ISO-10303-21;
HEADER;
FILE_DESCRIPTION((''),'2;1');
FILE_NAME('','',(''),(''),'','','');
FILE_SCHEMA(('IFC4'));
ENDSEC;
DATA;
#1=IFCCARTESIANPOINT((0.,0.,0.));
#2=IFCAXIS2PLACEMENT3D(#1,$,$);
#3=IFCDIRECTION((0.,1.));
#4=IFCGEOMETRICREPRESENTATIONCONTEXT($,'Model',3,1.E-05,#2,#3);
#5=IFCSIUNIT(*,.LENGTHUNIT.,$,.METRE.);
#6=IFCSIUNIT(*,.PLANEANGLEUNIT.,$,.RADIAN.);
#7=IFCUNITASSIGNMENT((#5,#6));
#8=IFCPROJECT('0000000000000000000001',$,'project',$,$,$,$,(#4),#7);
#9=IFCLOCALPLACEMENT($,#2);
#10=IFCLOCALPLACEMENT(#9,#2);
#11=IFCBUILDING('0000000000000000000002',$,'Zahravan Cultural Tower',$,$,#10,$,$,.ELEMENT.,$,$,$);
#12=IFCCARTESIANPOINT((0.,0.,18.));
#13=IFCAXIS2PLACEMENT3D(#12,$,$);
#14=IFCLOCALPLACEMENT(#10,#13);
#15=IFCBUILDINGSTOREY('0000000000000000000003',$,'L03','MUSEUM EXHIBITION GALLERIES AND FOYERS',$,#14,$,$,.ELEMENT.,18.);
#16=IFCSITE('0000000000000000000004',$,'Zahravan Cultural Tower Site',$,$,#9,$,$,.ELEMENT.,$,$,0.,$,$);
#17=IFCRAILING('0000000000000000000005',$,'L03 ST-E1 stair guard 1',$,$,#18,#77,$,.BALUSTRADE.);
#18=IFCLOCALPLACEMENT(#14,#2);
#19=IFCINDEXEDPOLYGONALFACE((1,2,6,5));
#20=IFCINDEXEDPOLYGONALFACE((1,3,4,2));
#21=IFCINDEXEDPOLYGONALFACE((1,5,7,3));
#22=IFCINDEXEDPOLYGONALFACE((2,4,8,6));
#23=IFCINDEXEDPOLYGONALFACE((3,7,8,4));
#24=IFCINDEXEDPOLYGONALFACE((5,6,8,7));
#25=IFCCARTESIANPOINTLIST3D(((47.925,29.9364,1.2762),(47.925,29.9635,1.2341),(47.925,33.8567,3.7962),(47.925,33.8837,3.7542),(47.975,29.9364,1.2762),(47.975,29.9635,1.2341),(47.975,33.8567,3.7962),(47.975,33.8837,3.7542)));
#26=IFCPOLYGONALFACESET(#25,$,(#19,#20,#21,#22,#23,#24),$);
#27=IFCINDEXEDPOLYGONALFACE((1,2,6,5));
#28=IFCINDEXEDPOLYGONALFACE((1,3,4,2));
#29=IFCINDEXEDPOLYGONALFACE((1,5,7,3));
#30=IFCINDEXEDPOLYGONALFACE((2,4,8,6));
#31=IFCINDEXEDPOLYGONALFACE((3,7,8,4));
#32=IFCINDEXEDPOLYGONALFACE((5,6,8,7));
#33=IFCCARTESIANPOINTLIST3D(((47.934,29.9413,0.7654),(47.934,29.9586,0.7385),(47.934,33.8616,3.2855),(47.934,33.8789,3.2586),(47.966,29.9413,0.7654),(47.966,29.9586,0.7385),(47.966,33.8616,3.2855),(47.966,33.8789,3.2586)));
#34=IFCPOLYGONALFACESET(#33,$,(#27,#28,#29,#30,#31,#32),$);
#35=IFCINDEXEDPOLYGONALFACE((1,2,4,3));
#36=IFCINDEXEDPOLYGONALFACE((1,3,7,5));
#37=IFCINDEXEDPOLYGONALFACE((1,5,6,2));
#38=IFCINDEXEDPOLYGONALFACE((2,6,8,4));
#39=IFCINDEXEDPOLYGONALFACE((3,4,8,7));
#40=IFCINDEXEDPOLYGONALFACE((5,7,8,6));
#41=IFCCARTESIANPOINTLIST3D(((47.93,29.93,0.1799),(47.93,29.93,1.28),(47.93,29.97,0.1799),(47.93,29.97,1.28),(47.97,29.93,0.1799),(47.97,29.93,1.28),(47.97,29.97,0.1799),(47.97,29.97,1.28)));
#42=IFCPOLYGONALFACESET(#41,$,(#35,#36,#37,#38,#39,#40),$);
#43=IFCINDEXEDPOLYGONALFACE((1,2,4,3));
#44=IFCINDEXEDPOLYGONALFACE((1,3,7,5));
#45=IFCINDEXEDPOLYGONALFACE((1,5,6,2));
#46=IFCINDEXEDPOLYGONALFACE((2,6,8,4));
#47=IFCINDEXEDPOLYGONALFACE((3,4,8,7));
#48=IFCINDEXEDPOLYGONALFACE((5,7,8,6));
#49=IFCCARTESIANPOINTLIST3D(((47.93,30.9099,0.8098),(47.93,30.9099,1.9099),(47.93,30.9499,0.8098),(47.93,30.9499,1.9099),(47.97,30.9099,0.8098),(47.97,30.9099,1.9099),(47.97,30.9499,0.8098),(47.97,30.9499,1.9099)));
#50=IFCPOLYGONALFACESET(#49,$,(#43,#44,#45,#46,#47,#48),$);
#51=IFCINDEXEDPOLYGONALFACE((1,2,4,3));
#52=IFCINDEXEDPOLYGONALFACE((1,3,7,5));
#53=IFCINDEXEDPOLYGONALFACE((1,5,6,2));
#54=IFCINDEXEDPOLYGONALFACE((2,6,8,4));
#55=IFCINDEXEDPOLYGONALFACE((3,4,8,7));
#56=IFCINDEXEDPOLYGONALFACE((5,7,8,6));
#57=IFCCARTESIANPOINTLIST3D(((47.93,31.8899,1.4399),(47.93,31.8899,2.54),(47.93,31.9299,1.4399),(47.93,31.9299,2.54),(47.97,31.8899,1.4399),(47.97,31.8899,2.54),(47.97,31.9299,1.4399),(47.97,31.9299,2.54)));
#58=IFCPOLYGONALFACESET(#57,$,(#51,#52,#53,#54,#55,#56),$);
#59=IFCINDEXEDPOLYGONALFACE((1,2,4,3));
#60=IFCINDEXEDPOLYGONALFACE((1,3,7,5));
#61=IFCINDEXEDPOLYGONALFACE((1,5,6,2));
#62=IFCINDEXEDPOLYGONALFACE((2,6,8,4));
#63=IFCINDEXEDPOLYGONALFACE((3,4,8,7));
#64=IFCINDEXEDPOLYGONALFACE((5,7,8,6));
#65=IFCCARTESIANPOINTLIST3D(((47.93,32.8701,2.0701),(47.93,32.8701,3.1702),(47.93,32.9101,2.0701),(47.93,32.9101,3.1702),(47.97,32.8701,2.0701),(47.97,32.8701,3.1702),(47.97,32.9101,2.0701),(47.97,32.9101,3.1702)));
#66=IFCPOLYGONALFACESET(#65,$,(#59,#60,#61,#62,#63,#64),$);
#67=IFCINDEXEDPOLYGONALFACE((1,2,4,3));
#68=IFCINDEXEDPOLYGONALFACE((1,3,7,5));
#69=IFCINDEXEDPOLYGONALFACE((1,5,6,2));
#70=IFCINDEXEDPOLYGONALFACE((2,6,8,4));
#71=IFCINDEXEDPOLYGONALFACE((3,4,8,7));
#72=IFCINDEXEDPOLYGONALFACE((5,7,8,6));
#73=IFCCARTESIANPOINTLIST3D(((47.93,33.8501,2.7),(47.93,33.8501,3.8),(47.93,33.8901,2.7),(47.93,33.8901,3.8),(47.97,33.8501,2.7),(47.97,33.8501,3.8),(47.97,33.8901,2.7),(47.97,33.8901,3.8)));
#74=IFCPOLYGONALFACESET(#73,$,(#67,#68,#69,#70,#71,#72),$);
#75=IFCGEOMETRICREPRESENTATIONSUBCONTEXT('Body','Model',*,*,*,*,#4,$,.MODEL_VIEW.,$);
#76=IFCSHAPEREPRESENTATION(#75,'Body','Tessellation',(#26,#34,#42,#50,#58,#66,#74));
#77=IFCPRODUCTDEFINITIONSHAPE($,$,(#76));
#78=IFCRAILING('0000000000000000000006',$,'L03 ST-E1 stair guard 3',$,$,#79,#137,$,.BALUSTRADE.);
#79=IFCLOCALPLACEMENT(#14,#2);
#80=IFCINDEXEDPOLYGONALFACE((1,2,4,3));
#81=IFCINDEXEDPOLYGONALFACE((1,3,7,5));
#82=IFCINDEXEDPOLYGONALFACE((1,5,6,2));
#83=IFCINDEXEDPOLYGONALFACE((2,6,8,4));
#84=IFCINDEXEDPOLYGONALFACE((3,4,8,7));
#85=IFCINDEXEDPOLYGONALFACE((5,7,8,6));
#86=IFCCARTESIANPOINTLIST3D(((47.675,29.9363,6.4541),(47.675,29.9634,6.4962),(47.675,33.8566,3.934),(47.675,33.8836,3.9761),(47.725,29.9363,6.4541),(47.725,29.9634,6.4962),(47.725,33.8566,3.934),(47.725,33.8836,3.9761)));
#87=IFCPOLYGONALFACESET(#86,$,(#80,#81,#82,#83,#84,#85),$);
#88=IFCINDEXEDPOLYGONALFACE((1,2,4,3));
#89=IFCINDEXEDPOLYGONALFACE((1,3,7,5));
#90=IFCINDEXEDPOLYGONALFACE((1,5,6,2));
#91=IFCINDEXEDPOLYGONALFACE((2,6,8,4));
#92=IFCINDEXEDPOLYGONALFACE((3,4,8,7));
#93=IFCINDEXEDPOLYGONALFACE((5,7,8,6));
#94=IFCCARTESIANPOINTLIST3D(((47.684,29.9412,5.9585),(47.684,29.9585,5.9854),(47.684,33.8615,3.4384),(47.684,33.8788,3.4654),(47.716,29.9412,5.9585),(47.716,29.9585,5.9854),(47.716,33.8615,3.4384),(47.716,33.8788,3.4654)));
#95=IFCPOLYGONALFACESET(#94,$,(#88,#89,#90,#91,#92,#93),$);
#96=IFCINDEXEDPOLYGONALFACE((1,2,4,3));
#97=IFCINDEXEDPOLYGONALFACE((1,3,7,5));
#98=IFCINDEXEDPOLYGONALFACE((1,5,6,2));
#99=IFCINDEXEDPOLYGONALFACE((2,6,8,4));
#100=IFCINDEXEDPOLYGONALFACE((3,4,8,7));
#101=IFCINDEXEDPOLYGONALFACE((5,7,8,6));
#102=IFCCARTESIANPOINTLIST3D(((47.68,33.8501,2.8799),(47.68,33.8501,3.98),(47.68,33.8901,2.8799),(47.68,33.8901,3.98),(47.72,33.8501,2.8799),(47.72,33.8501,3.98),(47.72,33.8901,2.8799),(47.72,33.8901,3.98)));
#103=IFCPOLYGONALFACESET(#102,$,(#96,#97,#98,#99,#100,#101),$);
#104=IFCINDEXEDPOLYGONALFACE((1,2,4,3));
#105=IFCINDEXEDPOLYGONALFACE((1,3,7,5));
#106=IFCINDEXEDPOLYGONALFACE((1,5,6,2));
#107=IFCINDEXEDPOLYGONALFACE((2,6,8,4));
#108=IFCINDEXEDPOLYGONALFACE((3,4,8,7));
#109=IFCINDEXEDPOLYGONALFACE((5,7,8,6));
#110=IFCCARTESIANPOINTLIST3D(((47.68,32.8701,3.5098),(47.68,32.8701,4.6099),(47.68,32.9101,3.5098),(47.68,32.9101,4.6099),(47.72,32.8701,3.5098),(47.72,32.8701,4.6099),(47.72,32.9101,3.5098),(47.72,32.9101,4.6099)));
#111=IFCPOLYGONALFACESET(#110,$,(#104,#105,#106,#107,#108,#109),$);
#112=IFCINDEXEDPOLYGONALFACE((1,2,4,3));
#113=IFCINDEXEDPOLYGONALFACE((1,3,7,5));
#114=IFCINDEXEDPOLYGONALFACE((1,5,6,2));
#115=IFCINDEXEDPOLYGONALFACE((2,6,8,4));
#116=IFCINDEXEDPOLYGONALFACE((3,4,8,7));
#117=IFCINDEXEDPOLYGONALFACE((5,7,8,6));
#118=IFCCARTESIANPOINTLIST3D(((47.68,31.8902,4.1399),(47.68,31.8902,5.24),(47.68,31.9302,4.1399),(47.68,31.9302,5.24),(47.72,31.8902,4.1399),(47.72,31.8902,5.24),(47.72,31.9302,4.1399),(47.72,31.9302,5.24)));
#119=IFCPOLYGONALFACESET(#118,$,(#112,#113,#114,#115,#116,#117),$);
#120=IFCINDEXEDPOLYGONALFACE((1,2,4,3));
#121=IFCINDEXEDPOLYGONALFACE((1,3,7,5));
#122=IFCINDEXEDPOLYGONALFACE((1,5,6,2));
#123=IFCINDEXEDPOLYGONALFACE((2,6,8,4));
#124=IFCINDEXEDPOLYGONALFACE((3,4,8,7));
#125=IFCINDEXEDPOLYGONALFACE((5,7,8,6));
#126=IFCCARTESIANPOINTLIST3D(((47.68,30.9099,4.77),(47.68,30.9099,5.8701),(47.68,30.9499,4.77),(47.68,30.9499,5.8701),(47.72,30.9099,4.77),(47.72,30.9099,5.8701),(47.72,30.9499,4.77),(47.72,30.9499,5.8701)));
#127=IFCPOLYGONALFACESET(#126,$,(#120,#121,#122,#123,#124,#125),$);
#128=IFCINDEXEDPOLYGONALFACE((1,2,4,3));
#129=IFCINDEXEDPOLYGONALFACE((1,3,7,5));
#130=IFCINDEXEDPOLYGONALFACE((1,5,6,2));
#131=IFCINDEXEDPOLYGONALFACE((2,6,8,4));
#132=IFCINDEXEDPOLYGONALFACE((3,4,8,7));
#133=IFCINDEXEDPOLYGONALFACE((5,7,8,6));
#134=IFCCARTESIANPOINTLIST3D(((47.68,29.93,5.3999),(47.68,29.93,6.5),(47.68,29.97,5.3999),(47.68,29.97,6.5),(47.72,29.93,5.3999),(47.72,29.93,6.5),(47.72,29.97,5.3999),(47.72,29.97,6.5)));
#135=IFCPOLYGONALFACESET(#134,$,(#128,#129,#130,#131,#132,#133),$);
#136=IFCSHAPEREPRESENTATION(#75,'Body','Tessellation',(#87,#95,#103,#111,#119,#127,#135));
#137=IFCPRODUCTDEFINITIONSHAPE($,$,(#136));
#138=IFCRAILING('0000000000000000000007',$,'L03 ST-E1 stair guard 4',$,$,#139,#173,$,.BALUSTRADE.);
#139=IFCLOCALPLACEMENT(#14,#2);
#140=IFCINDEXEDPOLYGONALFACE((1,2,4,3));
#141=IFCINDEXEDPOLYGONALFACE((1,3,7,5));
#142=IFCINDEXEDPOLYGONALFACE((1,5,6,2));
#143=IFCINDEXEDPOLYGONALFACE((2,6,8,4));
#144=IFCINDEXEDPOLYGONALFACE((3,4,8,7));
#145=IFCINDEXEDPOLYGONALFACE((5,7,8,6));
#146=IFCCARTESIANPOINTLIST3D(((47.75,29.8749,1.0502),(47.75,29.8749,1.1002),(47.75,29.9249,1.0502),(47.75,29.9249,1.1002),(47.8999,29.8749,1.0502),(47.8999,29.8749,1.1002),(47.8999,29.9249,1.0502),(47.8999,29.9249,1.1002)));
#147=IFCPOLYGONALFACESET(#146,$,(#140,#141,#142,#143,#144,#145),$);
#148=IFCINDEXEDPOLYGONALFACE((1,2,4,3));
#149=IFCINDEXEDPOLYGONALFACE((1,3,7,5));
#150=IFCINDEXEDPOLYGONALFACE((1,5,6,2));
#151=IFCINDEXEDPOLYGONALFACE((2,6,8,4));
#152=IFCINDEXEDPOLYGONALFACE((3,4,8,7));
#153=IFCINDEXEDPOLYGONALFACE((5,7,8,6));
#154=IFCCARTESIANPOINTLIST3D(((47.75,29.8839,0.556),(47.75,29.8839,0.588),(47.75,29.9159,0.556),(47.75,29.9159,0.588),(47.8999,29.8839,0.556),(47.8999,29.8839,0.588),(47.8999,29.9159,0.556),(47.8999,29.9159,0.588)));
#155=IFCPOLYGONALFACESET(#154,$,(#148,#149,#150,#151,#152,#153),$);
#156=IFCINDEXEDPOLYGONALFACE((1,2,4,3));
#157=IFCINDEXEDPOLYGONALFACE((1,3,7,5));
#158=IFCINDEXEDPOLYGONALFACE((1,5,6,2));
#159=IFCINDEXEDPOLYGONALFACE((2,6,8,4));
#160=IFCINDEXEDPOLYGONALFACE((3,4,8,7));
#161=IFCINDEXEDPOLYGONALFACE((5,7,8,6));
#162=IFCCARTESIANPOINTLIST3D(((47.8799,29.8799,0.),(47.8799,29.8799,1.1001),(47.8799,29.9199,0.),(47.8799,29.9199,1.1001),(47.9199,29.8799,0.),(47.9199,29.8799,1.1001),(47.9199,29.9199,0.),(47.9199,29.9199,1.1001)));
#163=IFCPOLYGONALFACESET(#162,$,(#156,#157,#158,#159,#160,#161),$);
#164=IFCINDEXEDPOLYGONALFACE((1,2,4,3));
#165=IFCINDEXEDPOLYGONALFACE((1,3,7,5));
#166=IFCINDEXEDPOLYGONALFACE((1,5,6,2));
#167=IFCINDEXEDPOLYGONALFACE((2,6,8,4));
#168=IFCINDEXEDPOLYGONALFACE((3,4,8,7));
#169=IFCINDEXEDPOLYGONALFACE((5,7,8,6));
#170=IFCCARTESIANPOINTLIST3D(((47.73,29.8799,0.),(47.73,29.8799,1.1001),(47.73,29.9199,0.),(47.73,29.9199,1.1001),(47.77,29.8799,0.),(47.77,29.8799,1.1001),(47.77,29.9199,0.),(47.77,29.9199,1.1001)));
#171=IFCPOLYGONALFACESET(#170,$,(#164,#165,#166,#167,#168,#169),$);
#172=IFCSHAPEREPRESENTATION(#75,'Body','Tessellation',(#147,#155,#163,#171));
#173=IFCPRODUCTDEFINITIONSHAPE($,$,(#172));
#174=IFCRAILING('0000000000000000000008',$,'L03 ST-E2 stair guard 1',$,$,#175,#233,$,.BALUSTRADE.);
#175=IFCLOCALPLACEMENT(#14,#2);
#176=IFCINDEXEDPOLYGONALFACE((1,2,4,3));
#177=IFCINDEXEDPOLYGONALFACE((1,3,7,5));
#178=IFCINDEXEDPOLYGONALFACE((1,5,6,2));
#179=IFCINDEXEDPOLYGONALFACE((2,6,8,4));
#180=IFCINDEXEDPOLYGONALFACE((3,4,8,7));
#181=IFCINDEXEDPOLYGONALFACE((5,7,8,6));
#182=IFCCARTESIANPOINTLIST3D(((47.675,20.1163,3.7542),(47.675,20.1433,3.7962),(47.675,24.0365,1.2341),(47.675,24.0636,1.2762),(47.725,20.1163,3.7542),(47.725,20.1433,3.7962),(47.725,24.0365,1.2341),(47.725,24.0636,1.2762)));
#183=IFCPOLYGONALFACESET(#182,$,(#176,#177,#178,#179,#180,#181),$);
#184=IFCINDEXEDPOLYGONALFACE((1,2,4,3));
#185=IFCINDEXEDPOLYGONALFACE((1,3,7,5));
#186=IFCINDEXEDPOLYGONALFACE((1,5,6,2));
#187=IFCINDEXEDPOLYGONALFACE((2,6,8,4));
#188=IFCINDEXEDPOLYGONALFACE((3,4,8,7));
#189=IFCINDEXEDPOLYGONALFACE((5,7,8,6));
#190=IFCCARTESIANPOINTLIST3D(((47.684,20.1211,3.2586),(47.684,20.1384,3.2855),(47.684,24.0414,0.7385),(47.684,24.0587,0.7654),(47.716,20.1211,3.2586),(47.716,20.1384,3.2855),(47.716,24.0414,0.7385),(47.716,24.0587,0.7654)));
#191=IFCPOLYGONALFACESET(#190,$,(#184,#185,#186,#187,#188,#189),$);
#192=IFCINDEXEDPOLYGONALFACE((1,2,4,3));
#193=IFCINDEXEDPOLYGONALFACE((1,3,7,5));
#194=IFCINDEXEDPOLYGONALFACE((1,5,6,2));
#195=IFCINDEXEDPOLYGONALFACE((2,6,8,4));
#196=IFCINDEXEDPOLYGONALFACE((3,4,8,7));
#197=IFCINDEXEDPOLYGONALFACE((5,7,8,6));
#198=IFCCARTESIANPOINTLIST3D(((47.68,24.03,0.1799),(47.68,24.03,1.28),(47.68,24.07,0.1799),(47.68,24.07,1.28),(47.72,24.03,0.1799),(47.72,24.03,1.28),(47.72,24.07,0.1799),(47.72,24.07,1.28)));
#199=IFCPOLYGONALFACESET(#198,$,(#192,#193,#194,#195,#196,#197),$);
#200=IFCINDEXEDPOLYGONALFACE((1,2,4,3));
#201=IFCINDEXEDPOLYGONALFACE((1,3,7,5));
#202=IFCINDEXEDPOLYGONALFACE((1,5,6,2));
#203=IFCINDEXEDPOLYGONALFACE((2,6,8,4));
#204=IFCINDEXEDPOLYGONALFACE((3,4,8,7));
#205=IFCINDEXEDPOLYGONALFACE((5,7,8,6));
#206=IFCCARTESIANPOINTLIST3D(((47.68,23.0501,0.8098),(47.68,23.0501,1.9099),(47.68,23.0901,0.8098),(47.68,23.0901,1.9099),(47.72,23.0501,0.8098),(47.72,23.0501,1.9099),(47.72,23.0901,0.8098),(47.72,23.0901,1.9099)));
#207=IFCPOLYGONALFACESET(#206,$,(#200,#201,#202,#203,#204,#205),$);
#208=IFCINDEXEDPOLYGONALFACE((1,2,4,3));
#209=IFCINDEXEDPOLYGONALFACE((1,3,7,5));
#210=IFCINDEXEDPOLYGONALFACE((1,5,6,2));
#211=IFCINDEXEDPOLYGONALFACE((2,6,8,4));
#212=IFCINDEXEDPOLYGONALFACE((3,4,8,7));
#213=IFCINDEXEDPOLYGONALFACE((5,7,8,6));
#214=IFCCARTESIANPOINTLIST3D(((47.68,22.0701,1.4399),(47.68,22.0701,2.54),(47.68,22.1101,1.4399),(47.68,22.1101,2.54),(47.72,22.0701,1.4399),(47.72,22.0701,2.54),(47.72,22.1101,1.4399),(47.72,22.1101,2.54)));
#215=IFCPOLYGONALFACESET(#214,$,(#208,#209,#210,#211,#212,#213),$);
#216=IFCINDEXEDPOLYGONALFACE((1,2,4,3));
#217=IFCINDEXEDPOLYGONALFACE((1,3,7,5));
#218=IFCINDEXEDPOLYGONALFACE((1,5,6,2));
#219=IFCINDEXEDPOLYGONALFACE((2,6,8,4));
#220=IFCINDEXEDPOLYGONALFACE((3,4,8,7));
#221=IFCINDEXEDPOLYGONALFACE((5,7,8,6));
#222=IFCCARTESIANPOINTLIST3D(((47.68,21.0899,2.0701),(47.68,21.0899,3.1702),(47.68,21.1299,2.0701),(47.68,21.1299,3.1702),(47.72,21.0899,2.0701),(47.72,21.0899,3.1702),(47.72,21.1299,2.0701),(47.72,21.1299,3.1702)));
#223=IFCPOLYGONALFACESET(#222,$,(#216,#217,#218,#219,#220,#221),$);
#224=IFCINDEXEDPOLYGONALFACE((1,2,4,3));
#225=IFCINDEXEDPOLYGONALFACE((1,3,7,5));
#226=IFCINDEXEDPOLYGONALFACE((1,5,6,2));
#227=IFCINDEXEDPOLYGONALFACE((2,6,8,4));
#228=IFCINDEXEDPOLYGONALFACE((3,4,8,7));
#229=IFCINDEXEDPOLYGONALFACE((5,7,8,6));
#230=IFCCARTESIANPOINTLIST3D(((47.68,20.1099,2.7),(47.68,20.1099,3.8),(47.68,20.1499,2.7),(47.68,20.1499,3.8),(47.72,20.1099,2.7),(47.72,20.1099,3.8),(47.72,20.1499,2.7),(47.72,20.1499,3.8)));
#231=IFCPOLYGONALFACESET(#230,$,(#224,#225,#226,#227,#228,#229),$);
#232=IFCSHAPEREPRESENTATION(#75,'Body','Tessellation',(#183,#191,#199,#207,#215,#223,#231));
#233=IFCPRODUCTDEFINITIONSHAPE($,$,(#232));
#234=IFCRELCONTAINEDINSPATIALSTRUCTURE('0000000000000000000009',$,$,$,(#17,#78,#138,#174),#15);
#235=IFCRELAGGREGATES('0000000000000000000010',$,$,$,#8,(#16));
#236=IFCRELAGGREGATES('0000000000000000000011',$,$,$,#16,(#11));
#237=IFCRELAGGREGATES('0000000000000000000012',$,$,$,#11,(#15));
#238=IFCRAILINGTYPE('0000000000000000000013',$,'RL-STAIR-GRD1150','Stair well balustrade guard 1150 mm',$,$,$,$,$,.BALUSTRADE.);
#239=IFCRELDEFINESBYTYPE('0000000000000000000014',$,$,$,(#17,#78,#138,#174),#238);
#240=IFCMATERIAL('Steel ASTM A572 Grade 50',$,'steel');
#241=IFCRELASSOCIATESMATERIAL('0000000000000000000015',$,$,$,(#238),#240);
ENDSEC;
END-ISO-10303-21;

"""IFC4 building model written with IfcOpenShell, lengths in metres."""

from ifc_helpers import new_model, si_unit, direction, frame, origin, origin_2d, place, context, subcontext, project, spatial, rectangle, extrude, material, type_object, element, save


model = new_model("IFC4")

# Units and contexts
model_context = context("Model", 3, precision=1e-05, world=origin(), true_north=direction((0.0, 1.0)))
body_context = subcontext(model_context, "Body", "Model", "MODEL_VIEW")
ifc_project = project(units=[si_unit("LENGTHUNIT", "METRE"), si_unit("PLANEANGLEUNIT", "RADIAN")], contexts=[model_context])

# Site, building, storey
site_placement = place(None, origin())
site = spatial("IfcSite", under=ifc_project, at=site_placement, Name="Zahravan Cultural Tower Site", CompositionType="ELEMENT", RefElevation=0.0)
building_placement = place(site_placement, origin())
building = spatial("IfcBuilding", under=site, at=building_placement, Name="Zahravan Cultural Tower", CompositionType="ELEMENT")
storey_placement = place(building_placement, frame((0.0, 0.0, 18.0)))
storey = spatial("IfcBuildingStorey", under=building, at=storey_placement, Name="L03", Description="MUSEUM EXHIBITION GALLERIES AND FOYERS", CompositionType="ELEMENT", Elevation=18.0)

# Shared definitions
ifc_material_1 = material(Name="Steel ASTM A572 Grade 50", Category="steel")

# Railings
railing_type_1 = type_object("IfcRailingType", Name="RL-STAIR-GRD1150", Description="Stair well balustrade guard 1150 mm", PredefinedType="BALUSTRADE", material=ifc_material_1)
railing_1_placement = place(storey_placement, frame((47.95, 29.95, 0.1799)))
element("IfcRailing", 1, at=railing_1_placement, inside=storey, type_object=railing_type_1, Name="L03 ST-E1 stair guard 1", PredefinedType="BALUSTRADE", context=body_context, shape_type="SweptSolid", body=[
    extrude(rectangle(XDim=0.05, YDim=0.05, at=origin_2d()), frame((0.0, 0.0, 1.0752), z_axis=(0.0, 0.841187, 0.540744), x_axis=(-1.0, 0.0, 0.0)), (0.0, 0.0, 1.0), 4.6604),
    extrude(rectangle(XDim=0.032, YDim=0.032, at=origin_2d()), frame((0.0, 0.0, 0.572), z_axis=(0.0, 0.841187, 0.540744), x_axis=(-1.0, 0.0, 0.0)), (0.0, 0.0, 1.0), 4.6604),
    extrude(rectangle(XDim=0.04, YDim=0.04, at=origin_2d()), origin(), (0.0, 0.0, 1.0), 1.1001),
    extrude(rectangle(XDim=0.04, YDim=0.04, at=origin_2d()), frame((0.0, 0.98, 0.6299)), (0.0, 0.0, 1.0), 1.1001),
    extrude(rectangle(XDim=0.04, YDim=0.04, at=origin_2d()), frame((0.0, 1.96, 1.26)), (0.0, 0.0, 1.0), 1.1001),
    extrude(rectangle(XDim=0.04, YDim=0.04, at=origin_2d()), frame((0.0, 2.9402, 1.8901)), (0.0, 0.0, 1.0), 1.1001),
    extrude(rectangle(XDim=0.04, YDim=0.04, at=origin_2d()), frame((0.0, 3.9202, 2.52)), (0.0, 0.0, 1.0), 1.1001),
])
railing_2_placement = place(storey_placement, frame((47.7, 33.8701, 2.8799)))
element("IfcRailing", 2, at=railing_2_placement, inside=storey, type_object=railing_type_1, Name="L03 ST-E1 stair guard 3", PredefinedType="BALUSTRADE", context=body_context, shape_type="SweptSolid", body=[
    extrude(rectangle(XDim=0.05, YDim=0.05, at=origin_2d()), frame((0.0, 0.0, 1.0752), z_axis=(0.0, -0.841187, 0.540744), x_axis=(1.0, 0.0, 0.0)), (0.0, 0.0, 1.0), 4.6604),
    extrude(rectangle(XDim=0.032, YDim=0.032, at=origin_2d()), frame((0.0, 0.0, 0.572), z_axis=(0.0, -0.841187, 0.540744), x_axis=(1.0, 0.0, 0.0)), (0.0, 0.0, 1.0), 4.6604),
    extrude(rectangle(XDim=0.04, YDim=0.04, at=origin_2d()), origin(), (0.0, 0.0, 1.0), 1.1001),
    extrude(rectangle(XDim=0.04, YDim=0.04, at=origin_2d()), frame((0.0, -0.98, 0.6299)), (0.0, 0.0, 1.0), 1.1001),
    extrude(rectangle(XDim=0.04, YDim=0.04, at=origin_2d()), frame((0.0, -1.96, 1.26)), (0.0, 0.0, 1.0), 1.1001),
    extrude(rectangle(XDim=0.04, YDim=0.04, at=origin_2d()), frame((0.0, -2.9402, 1.8901)), (0.0, 0.0, 1.0), 1.1001),
    extrude(rectangle(XDim=0.04, YDim=0.04, at=origin_2d()), frame((0.0, -3.9202, 2.52)), (0.0, 0.0, 1.0), 1.1001),
])
railing_3_placement = place(storey_placement, frame((47.8999, 29.8999, 0.0)))
element("IfcRailing", 3, at=railing_3_placement, inside=storey, type_object=railing_type_1, Name="L03 ST-E1 stair guard 4", PredefinedType="BALUSTRADE", context=body_context, shape_type="SweptSolid", body=[
    extrude(rectangle(XDim=0.05, YDim=0.05, at=origin_2d()), frame((0.0, 0.0, 1.0752), z_axis=(-1.0, 0.0, 0.0), x_axis=(0.0, -1.0, 0.0)), (0.0, 0.0, 1.0), 0.1499),
    extrude(rectangle(XDim=0.032, YDim=0.032, at=origin_2d()), frame((0.0, 0.0, 0.572), z_axis=(-1.0, 0.0, 0.0), x_axis=(0.0, -1.0, 0.0)), (0.0, 0.0, 1.0), 0.1499),
    extrude(rectangle(XDim=0.04, YDim=0.04, at=origin_2d()), origin(), (0.0, 0.0, 1.0), 1.1001),
    extrude(rectangle(XDim=0.04, YDim=0.04, at=origin_2d()), frame((-0.1499, 0.0, 0.0)), (0.0, 0.0, 1.0), 1.1001),
])
railing_4_placement = place(storey_placement, frame((47.7, 24.05, 0.1799)))
element("IfcRailing", 4, at=railing_4_placement, inside=storey, type_object=railing_type_1, Name="L03 ST-E2 stair guard 1", PredefinedType="BALUSTRADE", context=body_context, shape_type="SweptSolid", body=[
    extrude(rectangle(XDim=0.05, YDim=0.05, at=origin_2d()), frame((0.0, 0.0, 1.0752), z_axis=(0.0, -0.841187, 0.540744), x_axis=(1.0, 0.0, 0.0)), (0.0, 0.0, 1.0), 4.6604),
    extrude(rectangle(XDim=0.032, YDim=0.032, at=origin_2d()), frame((0.0, 0.0, 0.572), z_axis=(0.0, -0.841187, 0.540744), x_axis=(1.0, 0.0, 0.0)), (0.0, 0.0, 1.0), 4.6604),
    extrude(rectangle(XDim=0.04, YDim=0.04, at=origin_2d()), origin(), (0.0, 0.0, 1.0), 1.1001),
    extrude(rectangle(XDim=0.04, YDim=0.04, at=origin_2d()), frame((0.0, -0.98, 0.6299)), (0.0, 0.0, 1.0), 1.1001),
    extrude(rectangle(XDim=0.04, YDim=0.04, at=origin_2d()), frame((0.0, -1.96, 1.26)), (0.0, 0.0, 1.0), 1.1001),
    extrude(rectangle(XDim=0.04, YDim=0.04, at=origin_2d()), frame((0.0, -2.9402, 1.8901)), (0.0, 0.0, 1.0), 1.1001),
    extrude(rectangle(XDim=0.04, YDim=0.04, at=origin_2d()), frame((0.0, -3.9202, 2.52)), (0.0, 0.0, 1.0), 1.1001),
])

save(model, "model.ifc")
